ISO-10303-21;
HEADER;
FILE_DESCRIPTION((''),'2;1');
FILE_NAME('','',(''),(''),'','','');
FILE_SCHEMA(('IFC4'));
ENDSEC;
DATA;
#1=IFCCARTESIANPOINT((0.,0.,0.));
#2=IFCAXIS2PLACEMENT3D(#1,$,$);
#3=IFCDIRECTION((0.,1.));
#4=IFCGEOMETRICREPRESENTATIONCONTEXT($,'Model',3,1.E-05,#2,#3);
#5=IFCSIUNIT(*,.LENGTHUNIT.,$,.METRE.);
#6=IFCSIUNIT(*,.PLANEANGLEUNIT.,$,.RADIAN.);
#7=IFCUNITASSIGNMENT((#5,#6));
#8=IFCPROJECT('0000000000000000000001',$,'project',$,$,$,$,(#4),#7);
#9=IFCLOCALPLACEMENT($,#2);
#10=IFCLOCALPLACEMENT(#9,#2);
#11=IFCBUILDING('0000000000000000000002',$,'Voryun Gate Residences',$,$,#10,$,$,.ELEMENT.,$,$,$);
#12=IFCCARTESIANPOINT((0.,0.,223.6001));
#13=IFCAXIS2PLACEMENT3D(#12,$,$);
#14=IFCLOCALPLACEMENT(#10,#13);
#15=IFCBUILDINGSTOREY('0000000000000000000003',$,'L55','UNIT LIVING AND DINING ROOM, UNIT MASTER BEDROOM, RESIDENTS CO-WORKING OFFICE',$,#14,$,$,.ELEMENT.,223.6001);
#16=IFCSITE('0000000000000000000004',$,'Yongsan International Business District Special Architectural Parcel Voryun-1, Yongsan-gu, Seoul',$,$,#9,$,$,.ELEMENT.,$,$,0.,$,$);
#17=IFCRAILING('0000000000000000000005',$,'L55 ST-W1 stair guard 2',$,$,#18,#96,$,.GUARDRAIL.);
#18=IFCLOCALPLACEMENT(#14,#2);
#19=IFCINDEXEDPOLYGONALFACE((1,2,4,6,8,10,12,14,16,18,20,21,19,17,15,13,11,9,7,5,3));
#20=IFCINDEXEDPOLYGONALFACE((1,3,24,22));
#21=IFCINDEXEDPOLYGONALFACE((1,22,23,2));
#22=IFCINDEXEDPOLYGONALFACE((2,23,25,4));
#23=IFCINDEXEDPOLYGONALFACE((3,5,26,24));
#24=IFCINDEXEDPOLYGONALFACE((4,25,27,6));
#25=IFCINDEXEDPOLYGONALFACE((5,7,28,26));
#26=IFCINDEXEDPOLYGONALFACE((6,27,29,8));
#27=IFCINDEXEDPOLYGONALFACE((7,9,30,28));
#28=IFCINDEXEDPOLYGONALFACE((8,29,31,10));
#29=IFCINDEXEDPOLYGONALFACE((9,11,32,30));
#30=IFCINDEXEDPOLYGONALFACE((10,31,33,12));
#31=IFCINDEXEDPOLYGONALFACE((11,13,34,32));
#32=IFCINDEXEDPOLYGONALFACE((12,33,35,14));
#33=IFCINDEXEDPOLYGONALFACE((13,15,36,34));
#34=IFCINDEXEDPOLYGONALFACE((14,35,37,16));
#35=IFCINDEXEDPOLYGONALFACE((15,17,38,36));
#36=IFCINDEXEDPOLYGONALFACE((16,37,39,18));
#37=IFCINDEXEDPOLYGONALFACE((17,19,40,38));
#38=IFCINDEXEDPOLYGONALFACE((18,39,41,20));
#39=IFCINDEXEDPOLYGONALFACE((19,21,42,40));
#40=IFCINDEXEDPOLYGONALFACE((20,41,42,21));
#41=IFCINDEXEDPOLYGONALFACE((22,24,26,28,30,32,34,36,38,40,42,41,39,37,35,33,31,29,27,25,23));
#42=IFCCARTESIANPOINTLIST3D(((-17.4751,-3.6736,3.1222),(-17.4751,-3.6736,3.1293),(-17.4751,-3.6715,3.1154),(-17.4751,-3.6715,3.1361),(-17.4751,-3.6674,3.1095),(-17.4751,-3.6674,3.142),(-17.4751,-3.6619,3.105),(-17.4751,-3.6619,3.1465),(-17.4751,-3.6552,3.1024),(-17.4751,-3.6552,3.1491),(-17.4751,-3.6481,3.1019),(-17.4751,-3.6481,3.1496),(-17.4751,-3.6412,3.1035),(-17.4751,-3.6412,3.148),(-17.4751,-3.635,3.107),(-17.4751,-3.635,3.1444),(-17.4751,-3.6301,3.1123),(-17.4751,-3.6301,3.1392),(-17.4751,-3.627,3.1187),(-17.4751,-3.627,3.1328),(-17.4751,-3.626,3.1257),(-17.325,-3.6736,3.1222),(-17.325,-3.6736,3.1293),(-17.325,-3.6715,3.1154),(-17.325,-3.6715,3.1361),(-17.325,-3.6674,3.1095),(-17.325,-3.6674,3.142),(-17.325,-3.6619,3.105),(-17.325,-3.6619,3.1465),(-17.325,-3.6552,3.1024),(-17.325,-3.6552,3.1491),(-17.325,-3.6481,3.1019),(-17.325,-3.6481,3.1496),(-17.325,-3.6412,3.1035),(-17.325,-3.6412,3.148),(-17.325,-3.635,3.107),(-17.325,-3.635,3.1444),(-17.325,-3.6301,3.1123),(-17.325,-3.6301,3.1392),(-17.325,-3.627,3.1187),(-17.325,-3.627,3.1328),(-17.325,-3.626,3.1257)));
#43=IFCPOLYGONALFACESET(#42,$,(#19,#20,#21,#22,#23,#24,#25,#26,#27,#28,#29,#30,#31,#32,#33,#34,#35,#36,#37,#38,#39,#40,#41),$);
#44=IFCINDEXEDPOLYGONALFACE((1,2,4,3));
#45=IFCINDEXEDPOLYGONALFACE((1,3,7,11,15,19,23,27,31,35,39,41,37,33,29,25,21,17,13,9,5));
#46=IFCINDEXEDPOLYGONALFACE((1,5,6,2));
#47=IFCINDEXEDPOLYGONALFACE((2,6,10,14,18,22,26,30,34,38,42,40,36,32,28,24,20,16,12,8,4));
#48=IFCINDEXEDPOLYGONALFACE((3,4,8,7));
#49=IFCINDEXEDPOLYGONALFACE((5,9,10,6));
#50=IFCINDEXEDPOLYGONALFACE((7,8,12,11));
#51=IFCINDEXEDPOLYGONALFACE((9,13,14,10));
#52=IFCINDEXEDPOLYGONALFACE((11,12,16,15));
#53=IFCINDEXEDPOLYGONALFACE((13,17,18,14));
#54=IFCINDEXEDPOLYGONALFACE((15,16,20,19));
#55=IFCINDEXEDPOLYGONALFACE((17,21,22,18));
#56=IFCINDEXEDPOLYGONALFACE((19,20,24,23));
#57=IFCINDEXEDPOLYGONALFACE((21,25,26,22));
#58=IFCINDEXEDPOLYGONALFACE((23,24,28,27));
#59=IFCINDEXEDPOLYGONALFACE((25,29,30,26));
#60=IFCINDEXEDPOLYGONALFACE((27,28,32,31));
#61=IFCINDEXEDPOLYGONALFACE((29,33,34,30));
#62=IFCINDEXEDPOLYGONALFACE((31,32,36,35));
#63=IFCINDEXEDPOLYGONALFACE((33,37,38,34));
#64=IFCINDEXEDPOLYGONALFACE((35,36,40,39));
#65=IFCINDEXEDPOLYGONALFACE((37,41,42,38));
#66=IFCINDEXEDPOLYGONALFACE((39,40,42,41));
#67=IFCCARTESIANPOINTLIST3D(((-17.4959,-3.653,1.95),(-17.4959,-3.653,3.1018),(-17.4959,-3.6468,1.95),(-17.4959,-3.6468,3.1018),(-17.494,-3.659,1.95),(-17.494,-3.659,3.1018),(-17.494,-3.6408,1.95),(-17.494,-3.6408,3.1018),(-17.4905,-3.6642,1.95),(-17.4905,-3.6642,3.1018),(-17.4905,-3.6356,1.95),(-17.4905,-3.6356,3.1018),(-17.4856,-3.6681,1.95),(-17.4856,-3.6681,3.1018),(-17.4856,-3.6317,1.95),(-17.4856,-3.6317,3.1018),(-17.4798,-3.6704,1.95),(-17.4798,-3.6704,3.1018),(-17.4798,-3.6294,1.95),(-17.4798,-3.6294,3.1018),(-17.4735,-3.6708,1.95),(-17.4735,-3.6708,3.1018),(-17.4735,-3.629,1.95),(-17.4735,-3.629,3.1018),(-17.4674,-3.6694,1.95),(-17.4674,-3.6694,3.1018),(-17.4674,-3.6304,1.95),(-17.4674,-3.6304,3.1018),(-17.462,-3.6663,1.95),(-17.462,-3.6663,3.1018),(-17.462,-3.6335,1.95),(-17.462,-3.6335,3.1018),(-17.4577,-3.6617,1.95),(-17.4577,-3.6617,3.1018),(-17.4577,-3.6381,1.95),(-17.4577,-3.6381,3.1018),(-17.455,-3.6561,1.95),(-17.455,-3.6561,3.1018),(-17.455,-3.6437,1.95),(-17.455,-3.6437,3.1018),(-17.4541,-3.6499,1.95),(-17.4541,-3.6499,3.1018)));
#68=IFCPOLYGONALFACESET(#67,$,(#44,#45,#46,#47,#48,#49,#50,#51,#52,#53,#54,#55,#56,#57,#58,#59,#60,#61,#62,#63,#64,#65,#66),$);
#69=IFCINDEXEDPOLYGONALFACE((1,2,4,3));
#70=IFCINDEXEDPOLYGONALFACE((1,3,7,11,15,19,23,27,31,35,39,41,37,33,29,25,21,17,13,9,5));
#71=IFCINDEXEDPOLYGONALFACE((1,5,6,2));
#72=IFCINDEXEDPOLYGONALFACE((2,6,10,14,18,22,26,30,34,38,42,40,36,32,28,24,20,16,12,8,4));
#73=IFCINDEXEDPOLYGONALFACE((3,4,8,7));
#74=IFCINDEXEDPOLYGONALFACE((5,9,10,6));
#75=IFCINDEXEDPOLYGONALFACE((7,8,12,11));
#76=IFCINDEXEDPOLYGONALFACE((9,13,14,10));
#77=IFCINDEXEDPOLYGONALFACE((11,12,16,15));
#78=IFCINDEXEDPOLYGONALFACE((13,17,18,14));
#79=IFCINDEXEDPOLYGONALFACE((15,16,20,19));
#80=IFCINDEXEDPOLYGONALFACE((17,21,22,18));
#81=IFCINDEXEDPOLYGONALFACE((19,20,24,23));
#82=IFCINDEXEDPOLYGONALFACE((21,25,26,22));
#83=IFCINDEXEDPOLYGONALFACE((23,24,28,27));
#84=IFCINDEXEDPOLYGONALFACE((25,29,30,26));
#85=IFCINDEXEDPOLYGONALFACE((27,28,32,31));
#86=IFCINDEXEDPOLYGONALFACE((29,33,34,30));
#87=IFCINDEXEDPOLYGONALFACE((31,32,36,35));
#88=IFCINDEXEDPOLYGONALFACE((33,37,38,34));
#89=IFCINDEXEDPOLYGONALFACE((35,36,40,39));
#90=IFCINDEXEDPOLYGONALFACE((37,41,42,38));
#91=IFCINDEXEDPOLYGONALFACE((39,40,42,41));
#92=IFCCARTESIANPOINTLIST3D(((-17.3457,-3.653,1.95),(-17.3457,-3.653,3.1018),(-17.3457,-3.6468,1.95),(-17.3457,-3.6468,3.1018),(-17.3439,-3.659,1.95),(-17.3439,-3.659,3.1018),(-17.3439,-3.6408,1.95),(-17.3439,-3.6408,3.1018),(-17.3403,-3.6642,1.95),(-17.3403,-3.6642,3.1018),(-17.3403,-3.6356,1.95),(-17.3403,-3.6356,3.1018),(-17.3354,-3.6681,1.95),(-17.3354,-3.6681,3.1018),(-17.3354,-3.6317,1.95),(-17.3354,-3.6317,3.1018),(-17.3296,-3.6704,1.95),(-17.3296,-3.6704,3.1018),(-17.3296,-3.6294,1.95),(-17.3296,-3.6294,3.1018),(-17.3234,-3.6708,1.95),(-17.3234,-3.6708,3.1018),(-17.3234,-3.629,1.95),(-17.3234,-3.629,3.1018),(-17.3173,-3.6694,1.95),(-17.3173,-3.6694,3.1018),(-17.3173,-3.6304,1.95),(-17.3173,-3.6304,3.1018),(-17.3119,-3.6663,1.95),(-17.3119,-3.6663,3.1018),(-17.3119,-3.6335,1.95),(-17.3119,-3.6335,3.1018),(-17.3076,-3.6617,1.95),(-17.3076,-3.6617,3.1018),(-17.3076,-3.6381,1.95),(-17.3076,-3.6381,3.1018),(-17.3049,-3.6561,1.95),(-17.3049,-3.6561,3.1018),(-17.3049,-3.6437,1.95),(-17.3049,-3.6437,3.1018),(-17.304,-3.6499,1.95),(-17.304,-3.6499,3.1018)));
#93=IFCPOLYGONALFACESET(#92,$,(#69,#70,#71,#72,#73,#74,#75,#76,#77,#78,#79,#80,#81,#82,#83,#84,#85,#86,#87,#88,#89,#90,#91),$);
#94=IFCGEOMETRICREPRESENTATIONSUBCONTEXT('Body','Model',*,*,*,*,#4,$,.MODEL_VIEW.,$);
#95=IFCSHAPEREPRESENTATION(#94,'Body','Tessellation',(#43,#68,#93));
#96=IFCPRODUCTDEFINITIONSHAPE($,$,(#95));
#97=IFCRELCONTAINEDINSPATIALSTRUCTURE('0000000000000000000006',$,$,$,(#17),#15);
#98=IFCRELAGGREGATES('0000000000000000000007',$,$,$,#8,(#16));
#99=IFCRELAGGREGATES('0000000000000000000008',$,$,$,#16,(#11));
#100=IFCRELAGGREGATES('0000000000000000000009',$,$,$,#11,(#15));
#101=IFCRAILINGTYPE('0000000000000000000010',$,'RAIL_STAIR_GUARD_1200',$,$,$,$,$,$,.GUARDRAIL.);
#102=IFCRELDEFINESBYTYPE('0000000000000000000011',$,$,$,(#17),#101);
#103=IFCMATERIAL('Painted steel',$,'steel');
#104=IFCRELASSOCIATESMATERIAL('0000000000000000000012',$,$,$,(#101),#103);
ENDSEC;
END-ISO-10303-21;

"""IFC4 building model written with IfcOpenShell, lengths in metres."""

from ifc_helpers import new_model, si_unit, direction, frame, origin, origin_2d, place, context, subcontext, project, spatial, circle, extrude, material, type_object, element, save


model = new_model("IFC4")

# Units and contexts
model_context = context("Model", 3, precision=1e-05, world=origin(), true_north=direction((0.0, 1.0)))
body_context = subcontext(model_context, "Body", "Model", "MODEL_VIEW")
ifc_project = project(units=[si_unit("LENGTHUNIT", "METRE"), si_unit("PLANEANGLEUNIT", "RADIAN")], contexts=[model_context])

# Site, building, storey
site_placement = place(None, origin())
site = spatial("IfcSite", under=ifc_project, at=site_placement, Name="Yongsan International Business District Special Architectural Parcel Voryun-1, Yongsan-gu, Seoul", CompositionType="ELEMENT", RefElevation=0.0)
building_placement = place(site_placement, origin())
building = spatial("IfcBuilding", under=site, at=building_placement, Name="Voryun Gate Residences", CompositionType="ELEMENT")
storey_placement = place(building_placement, frame((0.0, 0.0, 223.6001)))
storey = spatial("IfcBuildingStorey", under=building, at=storey_placement, Name="L55", Description="UNIT LIVING AND DINING ROOM, UNIT MASTER BEDROOM, RESIDENTS CO-WORKING OFFICE", CompositionType="ELEMENT", Elevation=223.6001)

# Railing
ifc_material_1 = material(Name="Painted steel", Category="steel")
railing_type_1 = type_object("IfcRailingType", Name="RAIL_STAIR_GUARD_1200", PredefinedType="GUARDRAIL", material=ifc_material_1)
railing_1_placement = place(storey_placement, frame((-17.4751, -3.6499, 1.95)))
element("IfcRailing", 1, at=railing_1_placement, inside=storey, type_object=railing_type_1, Name="L55 ST-W1 stair guard 2", PredefinedType="GUARDRAIL", context=body_context, shape_type="SweptSolid", body=[
    extrude(circle(Radius=0.0239, at=origin_2d()), frame((0.0, 0.0, 1.1758), z_axis=(1.0, 0.0, 0.0), x_axis=(0.0, 1.0, 0.0)), (0.0, 0.0, 1.0), 0.1501),
    extrude(circle(Radius=0.021, at=origin_2d()), origin(), (0.0, 0.0, 1.0), 1.1519),
    extrude(circle(Radius=0.021, at=origin_2d()), frame((0.1501, 0.0, 0.0)), (0.0, 0.0, 1.0), 1.1519),
])

save(model, "model.ifc")
